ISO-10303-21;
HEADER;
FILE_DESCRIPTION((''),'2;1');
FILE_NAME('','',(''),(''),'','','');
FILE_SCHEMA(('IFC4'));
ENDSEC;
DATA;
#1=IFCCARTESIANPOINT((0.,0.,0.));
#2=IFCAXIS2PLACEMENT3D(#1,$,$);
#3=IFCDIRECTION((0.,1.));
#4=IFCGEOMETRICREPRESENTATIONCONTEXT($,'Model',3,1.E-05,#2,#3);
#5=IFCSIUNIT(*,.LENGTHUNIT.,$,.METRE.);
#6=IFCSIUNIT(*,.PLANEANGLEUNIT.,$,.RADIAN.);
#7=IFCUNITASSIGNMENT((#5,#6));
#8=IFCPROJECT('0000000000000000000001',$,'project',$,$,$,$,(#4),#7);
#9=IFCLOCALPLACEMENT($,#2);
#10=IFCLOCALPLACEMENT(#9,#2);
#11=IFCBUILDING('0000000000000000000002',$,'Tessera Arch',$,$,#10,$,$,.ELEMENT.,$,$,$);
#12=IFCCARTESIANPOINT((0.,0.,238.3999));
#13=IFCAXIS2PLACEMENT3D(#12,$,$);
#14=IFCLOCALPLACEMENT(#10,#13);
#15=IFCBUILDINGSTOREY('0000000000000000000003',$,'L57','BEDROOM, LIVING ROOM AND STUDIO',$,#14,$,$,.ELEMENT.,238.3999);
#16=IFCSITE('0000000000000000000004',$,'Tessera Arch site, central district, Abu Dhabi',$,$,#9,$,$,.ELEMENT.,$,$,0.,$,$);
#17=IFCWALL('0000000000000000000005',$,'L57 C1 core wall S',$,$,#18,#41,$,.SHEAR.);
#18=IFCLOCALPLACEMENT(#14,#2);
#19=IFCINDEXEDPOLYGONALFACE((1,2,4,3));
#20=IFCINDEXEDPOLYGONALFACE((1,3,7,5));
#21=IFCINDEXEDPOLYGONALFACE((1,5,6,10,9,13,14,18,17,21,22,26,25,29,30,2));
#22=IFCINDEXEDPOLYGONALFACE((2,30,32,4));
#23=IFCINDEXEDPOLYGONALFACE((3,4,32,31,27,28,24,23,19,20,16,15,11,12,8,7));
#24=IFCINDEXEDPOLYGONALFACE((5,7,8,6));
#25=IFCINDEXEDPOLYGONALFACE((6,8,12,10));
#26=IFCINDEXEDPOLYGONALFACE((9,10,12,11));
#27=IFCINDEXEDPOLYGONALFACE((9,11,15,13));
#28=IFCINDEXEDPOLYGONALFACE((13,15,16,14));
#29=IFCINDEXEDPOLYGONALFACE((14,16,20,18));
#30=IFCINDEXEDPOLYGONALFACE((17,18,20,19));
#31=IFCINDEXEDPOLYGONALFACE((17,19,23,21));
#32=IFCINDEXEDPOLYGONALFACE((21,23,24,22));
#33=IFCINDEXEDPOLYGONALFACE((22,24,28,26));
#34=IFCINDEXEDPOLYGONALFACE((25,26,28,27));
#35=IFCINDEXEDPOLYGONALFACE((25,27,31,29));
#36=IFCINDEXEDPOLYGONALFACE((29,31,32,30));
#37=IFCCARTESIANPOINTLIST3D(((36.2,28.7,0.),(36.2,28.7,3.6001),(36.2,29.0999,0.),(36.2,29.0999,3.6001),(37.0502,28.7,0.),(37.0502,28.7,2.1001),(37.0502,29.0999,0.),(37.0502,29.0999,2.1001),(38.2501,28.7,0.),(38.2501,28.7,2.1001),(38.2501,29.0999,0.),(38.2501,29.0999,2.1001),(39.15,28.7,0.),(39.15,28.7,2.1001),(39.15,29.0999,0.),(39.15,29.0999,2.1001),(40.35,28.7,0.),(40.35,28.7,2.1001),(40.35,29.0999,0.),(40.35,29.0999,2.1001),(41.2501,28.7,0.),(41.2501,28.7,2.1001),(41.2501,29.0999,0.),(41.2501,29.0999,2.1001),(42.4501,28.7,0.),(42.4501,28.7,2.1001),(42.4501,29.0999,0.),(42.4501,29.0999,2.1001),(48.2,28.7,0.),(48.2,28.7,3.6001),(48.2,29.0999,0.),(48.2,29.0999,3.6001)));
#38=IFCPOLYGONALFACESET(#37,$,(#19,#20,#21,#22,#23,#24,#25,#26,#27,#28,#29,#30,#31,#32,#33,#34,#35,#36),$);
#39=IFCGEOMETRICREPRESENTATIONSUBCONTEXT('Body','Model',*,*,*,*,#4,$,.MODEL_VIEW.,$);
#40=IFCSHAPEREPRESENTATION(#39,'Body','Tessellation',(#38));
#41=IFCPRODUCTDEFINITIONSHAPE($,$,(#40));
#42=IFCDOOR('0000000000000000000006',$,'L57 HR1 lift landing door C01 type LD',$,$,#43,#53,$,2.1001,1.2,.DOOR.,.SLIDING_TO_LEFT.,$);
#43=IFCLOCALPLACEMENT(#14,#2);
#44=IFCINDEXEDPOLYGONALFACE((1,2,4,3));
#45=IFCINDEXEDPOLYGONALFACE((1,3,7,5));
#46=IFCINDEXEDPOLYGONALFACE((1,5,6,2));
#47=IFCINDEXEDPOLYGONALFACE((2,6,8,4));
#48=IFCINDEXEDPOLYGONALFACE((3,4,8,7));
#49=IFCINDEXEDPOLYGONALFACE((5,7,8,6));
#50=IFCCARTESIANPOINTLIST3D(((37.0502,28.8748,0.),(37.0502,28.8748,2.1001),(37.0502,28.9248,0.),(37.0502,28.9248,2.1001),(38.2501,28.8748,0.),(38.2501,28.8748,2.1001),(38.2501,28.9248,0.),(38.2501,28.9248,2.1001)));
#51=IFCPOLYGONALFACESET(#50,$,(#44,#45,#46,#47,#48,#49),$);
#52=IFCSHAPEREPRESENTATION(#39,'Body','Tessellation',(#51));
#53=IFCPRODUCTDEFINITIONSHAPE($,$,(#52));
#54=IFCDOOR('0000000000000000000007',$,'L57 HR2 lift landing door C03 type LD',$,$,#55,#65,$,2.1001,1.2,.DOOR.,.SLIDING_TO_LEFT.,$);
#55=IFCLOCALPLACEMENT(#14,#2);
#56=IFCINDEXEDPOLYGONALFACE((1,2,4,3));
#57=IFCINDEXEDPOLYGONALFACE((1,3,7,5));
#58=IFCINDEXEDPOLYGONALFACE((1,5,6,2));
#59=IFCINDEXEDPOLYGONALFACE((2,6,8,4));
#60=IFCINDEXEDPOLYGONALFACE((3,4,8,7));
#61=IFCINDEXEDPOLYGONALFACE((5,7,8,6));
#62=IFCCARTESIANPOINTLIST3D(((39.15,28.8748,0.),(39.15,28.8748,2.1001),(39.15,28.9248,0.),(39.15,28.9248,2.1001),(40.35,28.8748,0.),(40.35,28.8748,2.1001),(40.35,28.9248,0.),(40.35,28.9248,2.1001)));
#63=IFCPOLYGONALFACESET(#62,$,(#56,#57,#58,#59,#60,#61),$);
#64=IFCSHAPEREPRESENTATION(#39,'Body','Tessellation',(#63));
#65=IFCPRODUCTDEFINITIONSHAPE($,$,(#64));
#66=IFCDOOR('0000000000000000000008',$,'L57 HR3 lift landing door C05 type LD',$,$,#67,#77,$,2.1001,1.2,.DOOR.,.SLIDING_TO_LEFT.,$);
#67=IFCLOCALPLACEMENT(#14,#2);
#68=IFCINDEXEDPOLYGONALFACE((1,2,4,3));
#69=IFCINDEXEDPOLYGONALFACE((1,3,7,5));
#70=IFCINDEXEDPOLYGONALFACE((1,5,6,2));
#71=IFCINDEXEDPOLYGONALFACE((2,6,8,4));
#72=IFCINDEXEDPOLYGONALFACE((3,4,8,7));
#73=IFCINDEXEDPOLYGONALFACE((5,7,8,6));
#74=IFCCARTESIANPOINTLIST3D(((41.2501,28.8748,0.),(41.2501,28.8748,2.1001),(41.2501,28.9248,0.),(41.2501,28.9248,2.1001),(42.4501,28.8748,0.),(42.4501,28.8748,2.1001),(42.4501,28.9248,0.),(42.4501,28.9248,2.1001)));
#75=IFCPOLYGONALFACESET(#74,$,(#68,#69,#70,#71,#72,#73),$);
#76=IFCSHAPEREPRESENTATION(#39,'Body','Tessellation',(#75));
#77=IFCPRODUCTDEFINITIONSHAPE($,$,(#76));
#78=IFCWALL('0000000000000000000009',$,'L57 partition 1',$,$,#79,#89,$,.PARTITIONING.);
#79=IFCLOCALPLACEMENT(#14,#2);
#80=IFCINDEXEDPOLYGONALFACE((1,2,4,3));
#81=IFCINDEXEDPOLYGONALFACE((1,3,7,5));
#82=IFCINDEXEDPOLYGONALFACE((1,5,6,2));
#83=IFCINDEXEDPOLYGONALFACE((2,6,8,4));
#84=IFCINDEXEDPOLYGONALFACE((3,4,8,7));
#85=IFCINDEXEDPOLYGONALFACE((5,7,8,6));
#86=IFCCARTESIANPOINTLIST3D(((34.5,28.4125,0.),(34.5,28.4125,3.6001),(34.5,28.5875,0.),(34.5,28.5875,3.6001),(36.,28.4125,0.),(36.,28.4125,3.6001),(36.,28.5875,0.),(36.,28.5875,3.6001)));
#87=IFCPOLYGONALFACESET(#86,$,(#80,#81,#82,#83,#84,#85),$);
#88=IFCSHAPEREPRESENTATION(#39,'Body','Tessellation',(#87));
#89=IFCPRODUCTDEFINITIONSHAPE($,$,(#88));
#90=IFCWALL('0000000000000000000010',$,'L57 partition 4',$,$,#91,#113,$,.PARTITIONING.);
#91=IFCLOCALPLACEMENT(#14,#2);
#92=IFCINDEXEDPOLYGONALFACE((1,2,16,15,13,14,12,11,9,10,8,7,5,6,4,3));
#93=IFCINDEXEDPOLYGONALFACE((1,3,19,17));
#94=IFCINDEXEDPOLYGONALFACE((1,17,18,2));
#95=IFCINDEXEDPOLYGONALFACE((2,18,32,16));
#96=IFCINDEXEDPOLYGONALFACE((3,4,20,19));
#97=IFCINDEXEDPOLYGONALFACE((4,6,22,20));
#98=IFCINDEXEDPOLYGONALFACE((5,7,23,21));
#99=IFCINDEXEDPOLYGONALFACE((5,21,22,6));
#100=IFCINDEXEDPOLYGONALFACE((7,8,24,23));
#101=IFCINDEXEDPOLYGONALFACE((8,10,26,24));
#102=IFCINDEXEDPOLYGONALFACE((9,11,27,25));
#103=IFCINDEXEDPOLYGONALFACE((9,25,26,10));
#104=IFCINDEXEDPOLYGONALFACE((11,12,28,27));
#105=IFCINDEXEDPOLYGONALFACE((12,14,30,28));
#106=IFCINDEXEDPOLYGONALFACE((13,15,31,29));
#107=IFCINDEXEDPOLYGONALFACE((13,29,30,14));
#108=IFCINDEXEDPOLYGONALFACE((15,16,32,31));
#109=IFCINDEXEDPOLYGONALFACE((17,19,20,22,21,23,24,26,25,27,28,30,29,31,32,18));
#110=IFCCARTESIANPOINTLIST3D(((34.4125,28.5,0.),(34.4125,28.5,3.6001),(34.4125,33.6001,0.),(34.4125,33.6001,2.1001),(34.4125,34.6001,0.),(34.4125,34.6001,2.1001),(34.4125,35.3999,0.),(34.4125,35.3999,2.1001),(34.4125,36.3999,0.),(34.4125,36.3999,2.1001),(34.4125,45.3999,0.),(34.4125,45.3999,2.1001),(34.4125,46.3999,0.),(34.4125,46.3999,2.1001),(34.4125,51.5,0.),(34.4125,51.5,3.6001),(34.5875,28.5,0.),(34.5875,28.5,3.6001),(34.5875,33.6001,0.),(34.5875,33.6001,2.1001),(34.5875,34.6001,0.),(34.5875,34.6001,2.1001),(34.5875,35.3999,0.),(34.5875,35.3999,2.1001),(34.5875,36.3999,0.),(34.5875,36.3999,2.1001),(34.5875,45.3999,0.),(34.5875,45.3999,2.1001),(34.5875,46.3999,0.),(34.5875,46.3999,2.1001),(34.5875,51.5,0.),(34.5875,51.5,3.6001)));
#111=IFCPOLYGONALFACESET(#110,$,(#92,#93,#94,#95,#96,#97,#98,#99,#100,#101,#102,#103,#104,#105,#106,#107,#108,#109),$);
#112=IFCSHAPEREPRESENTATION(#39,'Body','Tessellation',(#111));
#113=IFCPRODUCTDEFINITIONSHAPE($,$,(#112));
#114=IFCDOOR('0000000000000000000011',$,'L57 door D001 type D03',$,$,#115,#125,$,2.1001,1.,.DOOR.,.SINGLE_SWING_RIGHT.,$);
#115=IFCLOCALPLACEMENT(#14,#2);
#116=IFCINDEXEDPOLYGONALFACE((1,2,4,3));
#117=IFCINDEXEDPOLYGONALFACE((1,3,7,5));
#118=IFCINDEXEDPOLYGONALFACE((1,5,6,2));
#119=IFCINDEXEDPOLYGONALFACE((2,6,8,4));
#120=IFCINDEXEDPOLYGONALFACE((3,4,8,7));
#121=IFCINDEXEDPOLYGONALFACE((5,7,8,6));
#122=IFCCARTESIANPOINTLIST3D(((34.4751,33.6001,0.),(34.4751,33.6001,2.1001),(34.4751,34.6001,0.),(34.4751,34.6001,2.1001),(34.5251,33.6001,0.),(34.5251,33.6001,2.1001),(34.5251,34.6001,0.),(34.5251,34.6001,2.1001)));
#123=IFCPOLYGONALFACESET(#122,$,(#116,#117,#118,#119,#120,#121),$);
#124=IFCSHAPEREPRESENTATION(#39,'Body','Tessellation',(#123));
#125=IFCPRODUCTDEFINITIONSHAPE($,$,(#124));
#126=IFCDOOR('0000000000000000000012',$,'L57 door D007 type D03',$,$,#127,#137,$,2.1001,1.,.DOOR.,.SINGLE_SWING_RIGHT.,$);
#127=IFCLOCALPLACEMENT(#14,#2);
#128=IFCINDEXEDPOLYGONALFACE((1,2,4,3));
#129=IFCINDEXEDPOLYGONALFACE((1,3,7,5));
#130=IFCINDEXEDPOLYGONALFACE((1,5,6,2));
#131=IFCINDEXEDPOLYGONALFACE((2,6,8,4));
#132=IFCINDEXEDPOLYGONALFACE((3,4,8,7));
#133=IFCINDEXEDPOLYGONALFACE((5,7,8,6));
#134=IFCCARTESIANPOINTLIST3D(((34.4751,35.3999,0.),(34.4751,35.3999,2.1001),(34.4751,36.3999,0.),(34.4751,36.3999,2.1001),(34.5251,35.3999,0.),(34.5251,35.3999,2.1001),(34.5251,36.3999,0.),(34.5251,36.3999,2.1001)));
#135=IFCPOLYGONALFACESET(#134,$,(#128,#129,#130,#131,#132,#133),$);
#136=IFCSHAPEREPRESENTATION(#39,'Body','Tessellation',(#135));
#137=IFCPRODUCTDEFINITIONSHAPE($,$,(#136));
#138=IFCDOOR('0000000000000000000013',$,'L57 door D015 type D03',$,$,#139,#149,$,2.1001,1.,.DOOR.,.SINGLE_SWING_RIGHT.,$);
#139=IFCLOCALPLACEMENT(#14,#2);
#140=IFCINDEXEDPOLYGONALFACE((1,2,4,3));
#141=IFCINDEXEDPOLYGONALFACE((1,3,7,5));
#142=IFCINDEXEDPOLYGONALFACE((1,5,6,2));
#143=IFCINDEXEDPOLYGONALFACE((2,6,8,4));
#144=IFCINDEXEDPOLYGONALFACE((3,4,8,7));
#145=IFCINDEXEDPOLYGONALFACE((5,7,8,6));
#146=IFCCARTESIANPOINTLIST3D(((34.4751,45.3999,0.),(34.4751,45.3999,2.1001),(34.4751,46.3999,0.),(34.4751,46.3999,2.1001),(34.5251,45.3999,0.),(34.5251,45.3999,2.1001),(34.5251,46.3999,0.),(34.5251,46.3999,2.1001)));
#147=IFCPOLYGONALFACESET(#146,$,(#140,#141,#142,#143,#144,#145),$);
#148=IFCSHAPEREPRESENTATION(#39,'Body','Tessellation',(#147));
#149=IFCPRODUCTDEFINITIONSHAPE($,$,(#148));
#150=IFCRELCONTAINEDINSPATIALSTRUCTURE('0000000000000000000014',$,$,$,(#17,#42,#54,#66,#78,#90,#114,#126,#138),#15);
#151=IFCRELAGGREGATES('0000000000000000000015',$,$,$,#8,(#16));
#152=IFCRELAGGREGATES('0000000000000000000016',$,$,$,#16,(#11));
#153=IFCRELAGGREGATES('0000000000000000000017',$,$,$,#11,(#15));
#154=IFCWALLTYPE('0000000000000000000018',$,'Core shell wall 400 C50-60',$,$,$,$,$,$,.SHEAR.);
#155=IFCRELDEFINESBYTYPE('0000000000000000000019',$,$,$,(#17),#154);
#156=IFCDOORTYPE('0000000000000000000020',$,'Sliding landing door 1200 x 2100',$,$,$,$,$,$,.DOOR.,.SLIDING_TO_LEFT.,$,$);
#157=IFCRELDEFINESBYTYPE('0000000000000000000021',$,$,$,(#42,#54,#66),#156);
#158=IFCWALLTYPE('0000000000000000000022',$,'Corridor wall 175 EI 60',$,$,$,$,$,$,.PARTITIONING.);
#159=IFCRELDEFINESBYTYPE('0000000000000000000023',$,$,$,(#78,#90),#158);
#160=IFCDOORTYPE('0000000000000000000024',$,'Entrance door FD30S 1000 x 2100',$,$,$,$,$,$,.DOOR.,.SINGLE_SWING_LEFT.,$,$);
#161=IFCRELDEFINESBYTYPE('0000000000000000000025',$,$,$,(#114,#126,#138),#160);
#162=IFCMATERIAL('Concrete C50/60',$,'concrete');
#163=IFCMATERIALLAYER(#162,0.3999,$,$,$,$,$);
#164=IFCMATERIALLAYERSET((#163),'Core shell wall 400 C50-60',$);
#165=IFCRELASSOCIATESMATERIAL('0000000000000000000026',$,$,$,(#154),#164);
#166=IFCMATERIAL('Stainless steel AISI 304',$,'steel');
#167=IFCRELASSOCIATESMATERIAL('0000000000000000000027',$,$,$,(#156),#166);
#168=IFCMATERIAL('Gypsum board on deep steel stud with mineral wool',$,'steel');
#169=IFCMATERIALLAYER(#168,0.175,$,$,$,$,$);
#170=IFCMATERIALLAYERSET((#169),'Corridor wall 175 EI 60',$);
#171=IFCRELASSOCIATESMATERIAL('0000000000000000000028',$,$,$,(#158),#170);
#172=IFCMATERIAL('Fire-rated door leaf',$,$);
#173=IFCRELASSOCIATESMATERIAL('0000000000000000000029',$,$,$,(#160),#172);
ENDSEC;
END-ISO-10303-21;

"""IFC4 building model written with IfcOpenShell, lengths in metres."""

from ifc_helpers import new_model, si_unit, direction, frame, frame_2d, origin, place, context, subcontext, project, spatial, rectangle, extrude, material, layer, layer_set, type_object, element, fill, save


model = new_model("IFC4")

# Units and contexts
model_context = context("Model", 3, precision=1e-05, world=origin(), true_north=direction((0.0, 1.0)))
body_context = subcontext(model_context, "Body", "Model", "MODEL_VIEW")
ifc_project = project(units=[si_unit("LENGTHUNIT", "METRE"), si_unit("PLANEANGLEUNIT", "RADIAN")], contexts=[model_context])

# Site, building, storey
site_placement = place(None, origin())
site = spatial("IfcSite", under=ifc_project, at=site_placement, Name="Tessera Arch site, central district, Abu Dhabi", CompositionType="ELEMENT", RefElevation=0.0)
building_placement = place(site_placement, origin())
building = spatial("IfcBuilding", under=site, at=building_placement, Name="Tessera Arch", CompositionType="ELEMENT")
storey_placement = place(building_placement, frame((0.0, 0.0, 238.3999)))
storey = spatial("IfcBuildingStorey", under=building, at=storey_placement, Name="L57", Description="BEDROOM, LIVING ROOM AND STUDIO", CompositionType="ELEMENT", Elevation=238.3999)

# Wall, openings, doors
ifc_material_1 = material(Name="Concrete C50/60", Category="concrete")
ifc_layer_1 = layer(ifc_material_1, 0.3999)
ifc_layer_set_1 = layer_set([ifc_layer_1], Name="Core shell wall 400 C50-60")
wall_type_1 = type_object("IfcWallType", Name="Core shell wall 400 C50-60", PredefinedType="SHEAR", material=ifc_layer_set_1)
wall_1_placement = place(storey_placement, frame((36.2, 28.8999, 0.0), z_axis=(0.0, 0.0, 1.0), x_axis=(1.0, 0.0, 0.0)))
wall_1 = element("IfcWall", 1, at=wall_1_placement, inside=storey, type_object=wall_type_1, Name="L57 C1 core wall S", PredefinedType="SHEAR", context=body_context, shape_type="SweptSolid", body=[
    extrude(rectangle(XDim=12.0, YDim=0.3999, at=frame_2d((6.0, 0.0))), origin(), (0.0, 0.0, 1.0), 3.6001),
])
opening_1_placement = place(wall_1_placement, frame((0.8501, 0.0, 0.0)))
opening_1 = element("IfcOpeningElement", 2, at=opening_1_placement, cuts=wall_1, PredefinedType="OPENING", context=body_context, shape_type="SweptSolid", body=[
    extrude(rectangle(XDim=1.2, YDim=2.1001, at=frame_2d((0.6001, 1.05))), frame((0.0, 0.21, 0.0), z_axis=(0.0, -1.0, 0.0), x_axis=(1.0, 0.0, 0.0)), (0.0, 0.0, 1.0), 0.4199),
])
opening_2_placement = place(wall_1_placement, frame((2.95, 0.0, 0.0)))
opening_2 = element("IfcOpeningElement", 3, at=opening_2_placement, cuts=wall_1, PredefinedType="OPENING", context=body_context, shape_type="SweptSolid", body=[
    extrude(rectangle(XDim=1.2, YDim=2.1001, at=frame_2d((0.6001, 1.05))), frame((0.0, 0.21, 0.0), z_axis=(0.0, -1.0, 0.0), x_axis=(1.0, 0.0, 0.0)), (0.0, 0.0, 1.0), 0.4199),
])
opening_3_placement = place(wall_1_placement, frame((5.05, 0.0, 0.0)))
opening_3 = element("IfcOpeningElement", 4, at=opening_3_placement, cuts=wall_1, PredefinedType="OPENING", context=body_context, shape_type="SweptSolid", body=[
    extrude(rectangle(XDim=1.2, YDim=2.1001, at=frame_2d((0.6001, 1.05))), frame((0.0, 0.21, 0.0), z_axis=(0.0, -1.0, 0.0), x_axis=(1.0, 0.0, 0.0)), (0.0, 0.0, 1.0), 0.4199),
])
ifc_material_2 = material(Name="Stainless steel AISI 304", Category="steel")
door_type_1 = type_object("IfcDoorType", Name="Sliding landing door 1200 x 2100", OperationType="SLIDING_TO_LEFT", PredefinedType="DOOR", material=ifc_material_2)
door_1_placement = place(opening_1_placement, origin())
door_1 = element("IfcDoor", 5, at=door_1_placement, inside=storey, type_object=door_type_1, Name="L57 HR1 lift landing door C01 type LD", OperationType="SLIDING_TO_LEFT", OverallHeight=2.1001, OverallWidth=1.2, PredefinedType="DOOR", context=body_context, shape_type="SweptSolid", body=[
    extrude(rectangle(XDim=1.2, YDim=2.1001, at=frame_2d((0.6001, 1.05))), frame((0.0, 0.0249, 0.0), z_axis=(0.0, -1.0, 0.0), x_axis=(1.0, 0.0, 0.0)), (0.0, 0.0, 1.0), 0.05),
])
fill(opening_1, door_1)
door_2_placement = place(opening_2_placement, origin())
door_2 = element("IfcDoor", 6, at=door_2_placement, inside=storey, type_object=door_type_1, Name="L57 HR2 lift landing door C03 type LD", OperationType="SLIDING_TO_LEFT", OverallHeight=2.1001, OverallWidth=1.2, PredefinedType="DOOR", context=body_context, shape_type="SweptSolid", body=[
    extrude(rectangle(XDim=1.2, YDim=2.1001, at=frame_2d((0.6001, 1.05))), frame((0.0, 0.0249, 0.0), z_axis=(0.0, -1.0, 0.0), x_axis=(1.0, 0.0, 0.0)), (0.0, 0.0, 1.0), 0.05),
])
fill(opening_2, door_2)
door_3_placement = place(opening_3_placement, origin())
door_3 = element("IfcDoor", 7, at=door_3_placement, inside=storey, type_object=door_type_1, Name="L57 HR3 lift landing door C05 type LD", OperationType="SLIDING_TO_LEFT", OverallHeight=2.1001, OverallWidth=1.2, PredefinedType="DOOR", context=body_context, shape_type="SweptSolid", body=[
    extrude(rectangle(XDim=1.2, YDim=2.1001, at=frame_2d((0.6001, 1.05))), frame((0.0, 0.0249, 0.0), z_axis=(0.0, -1.0, 0.0), x_axis=(1.0, 0.0, 0.0)), (0.0, 0.0, 1.0), 0.05),
])
fill(opening_3, door_3)

# Wall
ifc_material_3 = material(Name="Gypsum board on deep steel stud with mineral wool", Category="steel")
ifc_layer_2 = layer(ifc_material_3, 0.175)
ifc_layer_set_2 = layer_set([ifc_layer_2], Name="Corridor wall 175 EI 60")
wall_type_2 = type_object("IfcWallType", Name="Corridor wall 175 EI 60", PredefinedType="PARTITIONING", material=ifc_layer_set_2)
wall_2_placement = place(storey_placement, frame((34.5, 28.5, 0.0), z_axis=(0.0, 0.0, 1.0), x_axis=(1.0, 0.0, 0.0)))
element("IfcWall", 8, at=wall_2_placement, inside=storey, type_object=wall_type_2, Name="L57 partition 1", PredefinedType="PARTITIONING", context=body_context, shape_type="SweptSolid", body=[
    extrude(rectangle(XDim=1.5, YDim=0.175, at=frame_2d((0.75, 0.0))), origin(), (0.0, 0.0, 1.0), 3.6001),
])

# Wall, openings, doors
wall_3_placement = place(storey_placement, frame((34.5, 28.5, 0.0), z_axis=(0.0, 0.0, 1.0), x_axis=(0.0, 1.0, 0.0)))
wall_3 = element("IfcWall", 9, at=wall_3_placement, inside=storey, type_object=wall_type_2, Name="L57 partition 4", PredefinedType="PARTITIONING", context=body_context, shape_type="SweptSolid", body=[
    extrude(rectangle(XDim=23.0, YDim=0.175, at=frame_2d((11.5, 0.0))), origin(), (0.0, 0.0, 1.0), 3.6001),
])
opening_4_placement = place(wall_3_placement, frame((5.1001, 0.0, 0.0)))
opening_4 = element("IfcOpeningElement", 10, at=opening_4_placement, cuts=wall_3, PredefinedType="OPENING", context=body_context, shape_type="SweptSolid", body=[
    extrude(rectangle(XDim=1.0, YDim=2.1001, at=frame_2d((0.5, 1.05))), frame((0.0, 0.0974, 0.0), z_axis=(0.0, -1.0, 0.0), x_axis=(1.0, 0.0, 0.0)), (0.0, 0.0, 1.0), 0.1951),
])
opening_5_placement = place(wall_3_placement, frame((6.8999, 0.0, 0.0)))
opening_5 = element("IfcOpeningElement", 11, at=opening_5_placement, cuts=wall_3, PredefinedType="OPENING", context=body_context, shape_type="SweptSolid", body=[
    extrude(rectangle(XDim=1.0, YDim=2.1001, at=frame_2d((0.5, 1.05))), frame((0.0, 0.0974, 0.0), z_axis=(0.0, -1.0, 0.0), x_axis=(1.0, 0.0, 0.0)), (0.0, 0.0, 1.0), 0.1951),
])
opening_6_placement = place(wall_3_placement, frame((16.8999, 0.0, 0.0)))
opening_6 = element("IfcOpeningElement", 12, at=opening_6_placement, cuts=wall_3, PredefinedType="OPENING", context=body_context, shape_type="SweptSolid", body=[
    extrude(rectangle(XDim=1.0, YDim=2.1001, at=frame_2d((0.5, 1.05))), frame((0.0, 0.0974, 0.0), z_axis=(0.0, -1.0, 0.0), x_axis=(1.0, 0.0, 0.0)), (0.0, 0.0, 1.0), 0.1951),
])
ifc_material_4 = material(Name="Fire-rated door leaf")
door_type_2 = type_object("IfcDoorType", Name="Entrance door FD30S 1000 x 2100", OperationType="SINGLE_SWING_LEFT", PredefinedType="DOOR", material=ifc_material_4)
door_4_placement = place(opening_4_placement, origin())
door_4 = element("IfcDoor", 13, at=door_4_placement, inside=storey, type_object=door_type_2, Name="L57 door D001 type D03", OperationType="SINGLE_SWING_RIGHT", OverallHeight=2.1001, OverallWidth=1.0, PredefinedType="DOOR", context=body_context, shape_type="SweptSolid", body=[
    extrude(rectangle(XDim=1.0, YDim=2.1001, at=frame_2d((0.5, 1.05))), frame((0.0, 0.0249, 0.0), z_axis=(0.0, -1.0, 0.0), x_axis=(1.0, 0.0, 0.0)), (0.0, 0.0, 1.0), 0.05),
])
fill(opening_4, door_4)
door_5_placement = place(opening_5_placement, origin())
door_5 = element("IfcDoor", 14, at=door_5_placement, inside=storey, type_object=door_type_2, Name="L57 door D007 type D03", OperationType="SINGLE_SWING_RIGHT", OverallHeight=2.1001, OverallWidth=1.0, PredefinedType="DOOR", context=body_context, shape_type="SweptSolid", body=[
    extrude(rectangle(XDim=1.0, YDim=2.1001, at=frame_2d((0.5, 1.05))), frame((0.0, 0.0249, 0.0), z_axis=(0.0, -1.0, 0.0), x_axis=(1.0, 0.0, 0.0)), (0.0, 0.0, 1.0), 0.05),
])
fill(opening_5, door_5)
door_6_placement = place(opening_6_placement, origin())
door_6 = element("IfcDoor", 15, at=door_6_placement, inside=storey, type_object=door_type_2, Name="L57 door D015 type D03", OperationType="SINGLE_SWING_RIGHT", OverallHeight=2.1001, OverallWidth=1.0, PredefinedType="DOOR", context=body_context, shape_type="SweptSolid", body=[
    extrude(rectangle(XDim=1.0, YDim=2.1001, at=frame_2d((0.5, 1.05))), frame((0.0, 0.0249, 0.0), z_axis=(0.0, -1.0, 0.0), x_axis=(1.0, 0.0, 0.0)), (0.0, 0.0, 1.0), 0.05),
])
fill(opening_6, door_6)

save(model, "model.ifc")
